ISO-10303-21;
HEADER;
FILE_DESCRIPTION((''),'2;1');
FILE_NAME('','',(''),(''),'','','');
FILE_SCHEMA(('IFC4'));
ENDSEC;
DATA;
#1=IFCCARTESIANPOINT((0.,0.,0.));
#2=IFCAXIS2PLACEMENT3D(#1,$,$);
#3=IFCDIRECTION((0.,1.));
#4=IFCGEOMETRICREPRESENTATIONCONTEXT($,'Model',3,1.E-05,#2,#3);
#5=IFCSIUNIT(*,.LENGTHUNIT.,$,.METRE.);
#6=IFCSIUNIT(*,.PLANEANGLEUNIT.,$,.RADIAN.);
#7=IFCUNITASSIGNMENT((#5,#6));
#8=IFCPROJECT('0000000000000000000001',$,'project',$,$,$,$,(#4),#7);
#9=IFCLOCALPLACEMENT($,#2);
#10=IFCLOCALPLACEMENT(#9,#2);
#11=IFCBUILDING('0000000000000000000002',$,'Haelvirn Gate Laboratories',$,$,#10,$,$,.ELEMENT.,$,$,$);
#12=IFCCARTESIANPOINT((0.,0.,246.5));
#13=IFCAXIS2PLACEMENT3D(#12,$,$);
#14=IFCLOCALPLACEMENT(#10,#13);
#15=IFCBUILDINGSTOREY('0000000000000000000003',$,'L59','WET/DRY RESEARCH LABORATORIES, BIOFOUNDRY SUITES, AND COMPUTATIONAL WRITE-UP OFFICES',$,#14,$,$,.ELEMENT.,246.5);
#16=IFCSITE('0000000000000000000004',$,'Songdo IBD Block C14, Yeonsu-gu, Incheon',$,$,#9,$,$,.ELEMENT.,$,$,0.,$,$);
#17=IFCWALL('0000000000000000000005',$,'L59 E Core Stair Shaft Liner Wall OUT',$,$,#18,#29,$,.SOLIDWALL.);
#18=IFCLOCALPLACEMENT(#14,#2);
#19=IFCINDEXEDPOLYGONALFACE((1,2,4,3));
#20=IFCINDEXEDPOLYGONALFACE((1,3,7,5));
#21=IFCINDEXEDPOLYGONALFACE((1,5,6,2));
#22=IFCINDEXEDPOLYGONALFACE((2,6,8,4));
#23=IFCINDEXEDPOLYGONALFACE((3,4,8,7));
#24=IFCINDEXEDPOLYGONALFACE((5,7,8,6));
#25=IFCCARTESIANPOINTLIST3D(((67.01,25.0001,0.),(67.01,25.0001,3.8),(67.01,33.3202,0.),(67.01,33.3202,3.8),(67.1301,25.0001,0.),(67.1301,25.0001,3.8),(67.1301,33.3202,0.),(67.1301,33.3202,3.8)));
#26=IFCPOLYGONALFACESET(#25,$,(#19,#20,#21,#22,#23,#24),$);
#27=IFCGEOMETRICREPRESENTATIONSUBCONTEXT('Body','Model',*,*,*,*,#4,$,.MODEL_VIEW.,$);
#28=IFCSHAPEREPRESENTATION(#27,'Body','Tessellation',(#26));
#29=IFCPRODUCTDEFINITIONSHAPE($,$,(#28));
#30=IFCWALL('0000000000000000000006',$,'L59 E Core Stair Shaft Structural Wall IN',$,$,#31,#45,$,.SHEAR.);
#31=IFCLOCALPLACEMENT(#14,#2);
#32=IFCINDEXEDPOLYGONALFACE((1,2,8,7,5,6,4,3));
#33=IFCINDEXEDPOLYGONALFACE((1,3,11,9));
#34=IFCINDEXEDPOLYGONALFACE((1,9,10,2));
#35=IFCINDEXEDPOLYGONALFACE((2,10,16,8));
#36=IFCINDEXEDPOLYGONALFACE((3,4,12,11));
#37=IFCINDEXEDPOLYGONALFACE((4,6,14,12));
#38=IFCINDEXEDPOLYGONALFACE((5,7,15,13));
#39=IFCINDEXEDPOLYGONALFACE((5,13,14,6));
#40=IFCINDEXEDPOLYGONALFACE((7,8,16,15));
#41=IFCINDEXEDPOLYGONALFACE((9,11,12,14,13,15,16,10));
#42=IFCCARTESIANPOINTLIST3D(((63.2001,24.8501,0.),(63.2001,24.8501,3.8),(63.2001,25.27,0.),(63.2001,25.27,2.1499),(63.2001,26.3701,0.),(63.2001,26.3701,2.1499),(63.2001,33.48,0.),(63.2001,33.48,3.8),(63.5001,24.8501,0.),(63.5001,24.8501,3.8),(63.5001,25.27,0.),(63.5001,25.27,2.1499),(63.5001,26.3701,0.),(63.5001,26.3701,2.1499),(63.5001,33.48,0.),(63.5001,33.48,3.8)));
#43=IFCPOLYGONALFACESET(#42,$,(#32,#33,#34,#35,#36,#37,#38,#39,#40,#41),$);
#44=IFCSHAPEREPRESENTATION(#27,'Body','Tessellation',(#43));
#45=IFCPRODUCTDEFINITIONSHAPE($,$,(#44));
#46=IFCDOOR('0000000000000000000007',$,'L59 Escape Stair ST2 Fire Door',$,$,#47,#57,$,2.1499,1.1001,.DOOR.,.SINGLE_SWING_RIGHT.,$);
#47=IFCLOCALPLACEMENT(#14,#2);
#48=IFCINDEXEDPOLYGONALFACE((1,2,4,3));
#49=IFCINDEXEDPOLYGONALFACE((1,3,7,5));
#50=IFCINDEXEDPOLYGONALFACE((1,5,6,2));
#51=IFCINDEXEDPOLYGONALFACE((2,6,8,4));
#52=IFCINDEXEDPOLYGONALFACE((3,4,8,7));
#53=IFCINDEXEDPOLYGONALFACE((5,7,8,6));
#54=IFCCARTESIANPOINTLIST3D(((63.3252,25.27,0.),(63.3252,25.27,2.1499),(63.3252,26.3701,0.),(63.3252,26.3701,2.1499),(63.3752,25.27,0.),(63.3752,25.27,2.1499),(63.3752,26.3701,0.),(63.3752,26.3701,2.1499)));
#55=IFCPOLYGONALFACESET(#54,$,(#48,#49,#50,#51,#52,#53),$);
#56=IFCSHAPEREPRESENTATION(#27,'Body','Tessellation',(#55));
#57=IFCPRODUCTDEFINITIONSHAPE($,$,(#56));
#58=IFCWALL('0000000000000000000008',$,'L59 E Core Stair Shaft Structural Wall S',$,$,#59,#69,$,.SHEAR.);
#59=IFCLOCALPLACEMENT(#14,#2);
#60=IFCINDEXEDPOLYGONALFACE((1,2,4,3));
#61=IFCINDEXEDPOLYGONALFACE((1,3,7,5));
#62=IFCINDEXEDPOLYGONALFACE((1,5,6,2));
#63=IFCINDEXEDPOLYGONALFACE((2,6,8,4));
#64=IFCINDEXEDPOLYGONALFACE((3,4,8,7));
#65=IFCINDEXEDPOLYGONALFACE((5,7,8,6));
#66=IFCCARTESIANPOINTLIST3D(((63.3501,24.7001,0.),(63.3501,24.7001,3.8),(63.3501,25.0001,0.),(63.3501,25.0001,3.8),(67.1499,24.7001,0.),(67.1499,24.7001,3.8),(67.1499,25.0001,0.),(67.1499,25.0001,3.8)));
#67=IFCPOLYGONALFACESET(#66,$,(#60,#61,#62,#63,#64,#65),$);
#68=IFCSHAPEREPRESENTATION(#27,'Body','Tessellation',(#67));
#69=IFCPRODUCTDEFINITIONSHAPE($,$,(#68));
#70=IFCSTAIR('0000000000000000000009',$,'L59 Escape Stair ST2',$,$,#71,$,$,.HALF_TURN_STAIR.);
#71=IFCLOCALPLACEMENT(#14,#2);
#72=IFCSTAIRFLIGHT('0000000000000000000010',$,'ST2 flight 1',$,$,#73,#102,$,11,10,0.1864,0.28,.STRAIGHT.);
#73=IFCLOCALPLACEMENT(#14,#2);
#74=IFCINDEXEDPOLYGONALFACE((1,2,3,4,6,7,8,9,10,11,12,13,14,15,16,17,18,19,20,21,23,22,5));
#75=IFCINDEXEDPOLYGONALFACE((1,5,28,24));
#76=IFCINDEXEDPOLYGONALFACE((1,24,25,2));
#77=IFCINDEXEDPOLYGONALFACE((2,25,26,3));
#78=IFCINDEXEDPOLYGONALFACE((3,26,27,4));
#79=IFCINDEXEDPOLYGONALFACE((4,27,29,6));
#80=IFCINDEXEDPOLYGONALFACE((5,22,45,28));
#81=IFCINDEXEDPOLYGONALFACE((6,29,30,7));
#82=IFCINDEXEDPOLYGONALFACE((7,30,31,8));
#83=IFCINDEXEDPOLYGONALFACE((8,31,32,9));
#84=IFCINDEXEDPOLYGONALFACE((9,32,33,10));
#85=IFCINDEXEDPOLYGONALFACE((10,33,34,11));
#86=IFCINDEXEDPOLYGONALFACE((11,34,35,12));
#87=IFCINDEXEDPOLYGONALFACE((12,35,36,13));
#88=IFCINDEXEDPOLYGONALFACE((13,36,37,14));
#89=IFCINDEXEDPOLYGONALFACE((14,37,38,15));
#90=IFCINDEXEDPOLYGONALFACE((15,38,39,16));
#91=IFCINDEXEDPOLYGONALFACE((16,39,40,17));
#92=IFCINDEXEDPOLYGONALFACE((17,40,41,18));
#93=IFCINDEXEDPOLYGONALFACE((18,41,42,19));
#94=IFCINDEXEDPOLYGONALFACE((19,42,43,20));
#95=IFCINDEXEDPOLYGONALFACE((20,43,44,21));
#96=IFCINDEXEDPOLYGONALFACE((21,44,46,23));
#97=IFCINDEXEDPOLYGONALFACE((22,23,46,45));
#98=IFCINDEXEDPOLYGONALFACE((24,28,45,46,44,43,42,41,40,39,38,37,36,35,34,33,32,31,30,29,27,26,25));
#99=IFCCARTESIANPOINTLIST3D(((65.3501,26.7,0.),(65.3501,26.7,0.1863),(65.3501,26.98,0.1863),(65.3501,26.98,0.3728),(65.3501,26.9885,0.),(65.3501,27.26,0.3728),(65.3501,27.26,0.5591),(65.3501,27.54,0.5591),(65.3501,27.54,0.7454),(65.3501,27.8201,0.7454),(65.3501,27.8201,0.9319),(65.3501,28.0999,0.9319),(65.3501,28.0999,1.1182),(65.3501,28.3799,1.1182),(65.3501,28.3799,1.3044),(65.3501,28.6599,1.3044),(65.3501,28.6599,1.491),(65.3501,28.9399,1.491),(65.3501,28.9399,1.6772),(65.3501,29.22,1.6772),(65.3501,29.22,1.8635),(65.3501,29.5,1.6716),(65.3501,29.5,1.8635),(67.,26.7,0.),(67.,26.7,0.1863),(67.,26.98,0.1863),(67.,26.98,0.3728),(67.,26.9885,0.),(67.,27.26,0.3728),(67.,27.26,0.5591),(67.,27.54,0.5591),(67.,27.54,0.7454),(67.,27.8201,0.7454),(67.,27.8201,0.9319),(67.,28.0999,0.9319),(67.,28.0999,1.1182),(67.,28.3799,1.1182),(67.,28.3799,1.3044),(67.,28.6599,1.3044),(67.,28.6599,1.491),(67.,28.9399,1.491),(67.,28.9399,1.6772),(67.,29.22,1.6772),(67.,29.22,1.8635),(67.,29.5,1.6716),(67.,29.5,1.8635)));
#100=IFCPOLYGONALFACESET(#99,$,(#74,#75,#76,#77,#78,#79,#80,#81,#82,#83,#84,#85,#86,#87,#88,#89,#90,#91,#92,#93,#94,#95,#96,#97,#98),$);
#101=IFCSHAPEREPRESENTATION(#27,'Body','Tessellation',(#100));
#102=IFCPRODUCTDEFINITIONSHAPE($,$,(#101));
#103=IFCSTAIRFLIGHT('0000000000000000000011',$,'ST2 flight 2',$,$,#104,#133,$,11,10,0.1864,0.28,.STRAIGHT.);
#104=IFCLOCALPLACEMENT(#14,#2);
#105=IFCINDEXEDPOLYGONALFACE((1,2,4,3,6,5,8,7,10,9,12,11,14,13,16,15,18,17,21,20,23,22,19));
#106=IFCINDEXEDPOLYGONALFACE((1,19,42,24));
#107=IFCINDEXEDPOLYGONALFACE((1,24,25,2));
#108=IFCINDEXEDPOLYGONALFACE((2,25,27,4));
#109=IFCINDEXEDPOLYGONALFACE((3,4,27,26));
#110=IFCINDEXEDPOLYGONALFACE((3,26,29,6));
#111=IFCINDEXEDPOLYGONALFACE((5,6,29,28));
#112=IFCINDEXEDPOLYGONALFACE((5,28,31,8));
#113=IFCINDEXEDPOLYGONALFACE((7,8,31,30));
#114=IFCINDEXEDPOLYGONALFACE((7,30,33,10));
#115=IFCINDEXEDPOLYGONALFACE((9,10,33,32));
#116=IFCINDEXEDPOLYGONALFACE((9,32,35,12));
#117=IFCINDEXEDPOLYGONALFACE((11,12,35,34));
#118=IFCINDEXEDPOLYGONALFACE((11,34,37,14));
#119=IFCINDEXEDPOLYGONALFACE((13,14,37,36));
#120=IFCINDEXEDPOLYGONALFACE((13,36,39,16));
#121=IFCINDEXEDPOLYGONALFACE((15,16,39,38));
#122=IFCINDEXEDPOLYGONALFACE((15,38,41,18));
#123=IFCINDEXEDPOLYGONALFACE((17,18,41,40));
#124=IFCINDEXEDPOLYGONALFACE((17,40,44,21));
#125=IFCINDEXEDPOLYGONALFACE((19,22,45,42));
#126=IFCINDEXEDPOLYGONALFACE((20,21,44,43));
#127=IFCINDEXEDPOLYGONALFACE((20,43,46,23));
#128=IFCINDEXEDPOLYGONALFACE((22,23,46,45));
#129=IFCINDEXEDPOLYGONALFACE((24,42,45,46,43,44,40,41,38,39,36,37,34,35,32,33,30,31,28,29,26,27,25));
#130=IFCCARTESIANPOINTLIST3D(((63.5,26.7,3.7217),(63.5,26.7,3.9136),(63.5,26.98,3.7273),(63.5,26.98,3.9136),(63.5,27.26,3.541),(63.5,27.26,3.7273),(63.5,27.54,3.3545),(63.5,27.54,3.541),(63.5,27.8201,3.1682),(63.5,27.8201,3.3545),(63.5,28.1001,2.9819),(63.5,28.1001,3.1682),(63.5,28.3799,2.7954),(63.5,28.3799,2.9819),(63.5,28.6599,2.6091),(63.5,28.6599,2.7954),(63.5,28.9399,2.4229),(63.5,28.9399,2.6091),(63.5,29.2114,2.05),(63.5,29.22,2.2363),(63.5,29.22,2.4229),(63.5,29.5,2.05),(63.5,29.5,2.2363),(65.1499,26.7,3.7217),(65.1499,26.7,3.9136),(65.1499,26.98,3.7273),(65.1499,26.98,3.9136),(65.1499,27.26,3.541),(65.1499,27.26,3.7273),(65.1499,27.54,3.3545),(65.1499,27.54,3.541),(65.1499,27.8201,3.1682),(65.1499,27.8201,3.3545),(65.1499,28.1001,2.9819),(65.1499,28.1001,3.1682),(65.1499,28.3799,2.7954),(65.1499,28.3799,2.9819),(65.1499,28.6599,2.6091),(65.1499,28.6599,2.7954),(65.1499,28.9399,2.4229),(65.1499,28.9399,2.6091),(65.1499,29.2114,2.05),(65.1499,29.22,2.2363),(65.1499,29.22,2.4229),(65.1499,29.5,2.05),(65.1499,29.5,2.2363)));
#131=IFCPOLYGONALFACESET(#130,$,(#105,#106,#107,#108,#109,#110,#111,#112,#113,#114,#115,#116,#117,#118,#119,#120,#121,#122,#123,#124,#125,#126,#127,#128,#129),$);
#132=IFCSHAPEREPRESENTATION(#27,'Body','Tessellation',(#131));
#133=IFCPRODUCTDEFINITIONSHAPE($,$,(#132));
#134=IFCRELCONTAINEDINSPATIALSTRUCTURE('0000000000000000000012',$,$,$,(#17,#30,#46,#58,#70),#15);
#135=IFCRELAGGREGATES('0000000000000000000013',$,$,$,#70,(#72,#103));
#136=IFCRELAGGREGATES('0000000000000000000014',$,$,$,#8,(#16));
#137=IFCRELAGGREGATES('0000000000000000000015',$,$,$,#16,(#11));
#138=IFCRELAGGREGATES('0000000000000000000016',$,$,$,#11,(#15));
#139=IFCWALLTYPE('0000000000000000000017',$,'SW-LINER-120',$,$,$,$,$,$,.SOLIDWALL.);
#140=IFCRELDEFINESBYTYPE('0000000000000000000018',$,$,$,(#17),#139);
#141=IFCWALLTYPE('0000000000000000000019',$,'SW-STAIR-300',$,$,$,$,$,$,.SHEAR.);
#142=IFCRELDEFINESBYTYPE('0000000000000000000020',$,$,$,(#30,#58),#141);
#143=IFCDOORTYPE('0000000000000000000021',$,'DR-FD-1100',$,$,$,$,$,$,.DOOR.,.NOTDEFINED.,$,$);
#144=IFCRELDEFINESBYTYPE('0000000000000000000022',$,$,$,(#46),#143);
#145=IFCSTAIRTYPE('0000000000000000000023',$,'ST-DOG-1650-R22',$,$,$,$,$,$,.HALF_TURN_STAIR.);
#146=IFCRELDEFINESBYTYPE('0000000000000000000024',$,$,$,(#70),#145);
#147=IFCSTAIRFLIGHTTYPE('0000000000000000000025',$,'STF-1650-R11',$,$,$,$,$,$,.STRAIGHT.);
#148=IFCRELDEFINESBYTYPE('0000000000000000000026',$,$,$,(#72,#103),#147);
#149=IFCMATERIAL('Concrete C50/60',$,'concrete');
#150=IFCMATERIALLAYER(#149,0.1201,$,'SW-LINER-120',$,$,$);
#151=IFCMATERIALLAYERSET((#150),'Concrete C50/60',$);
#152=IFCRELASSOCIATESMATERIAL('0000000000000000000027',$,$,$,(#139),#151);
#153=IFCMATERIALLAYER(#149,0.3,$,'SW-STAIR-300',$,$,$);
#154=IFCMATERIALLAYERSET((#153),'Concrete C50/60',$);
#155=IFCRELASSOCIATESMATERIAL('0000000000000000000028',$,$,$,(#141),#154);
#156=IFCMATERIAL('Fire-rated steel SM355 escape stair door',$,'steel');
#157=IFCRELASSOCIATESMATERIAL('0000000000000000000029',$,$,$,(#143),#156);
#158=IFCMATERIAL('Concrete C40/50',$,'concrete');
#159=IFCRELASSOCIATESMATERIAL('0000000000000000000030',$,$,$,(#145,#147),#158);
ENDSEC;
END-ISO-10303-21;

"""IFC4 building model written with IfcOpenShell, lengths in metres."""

from ifc_helpers import new_model, si_unit, direction, frame, frame_2d, origin, place, context, subcontext, project, spatial, polyline, rectangle, outline, extrude, source, transform, mapped, material, layer, layer_set, type_object, type_shapes, element, fill, aggregate, save


model = new_model("IFC4")

# Units and contexts
model_context = context("Model", 3, precision=1e-05, world=origin(), true_north=direction((0.0, 1.0)))
body_context = subcontext(model_context, "Body", "Model", "MODEL_VIEW")
ifc_project = project(units=[si_unit("LENGTHUNIT", "METRE"), si_unit("PLANEANGLEUNIT", "RADIAN")], contexts=[model_context])

# Site, building, storey
site_placement = place(None, origin())
site = spatial("IfcSite", under=ifc_project, at=site_placement, Name="Songdo IBD Block C14, Yeonsu-gu, Incheon", CompositionType="ELEMENT", RefElevation=0.0)
building_placement = place(site_placement, origin())
building = spatial("IfcBuilding", under=site, at=building_placement, Name="Haelvirn Gate Laboratories", CompositionType="ELEMENT")
storey_placement = place(building_placement, frame((0.0, 0.0, 246.5)))
storey = spatial("IfcBuildingStorey", under=building, at=storey_placement, Name="L59", Description="WET/DRY RESEARCH LABORATORIES, BIOFOUNDRY SUITES, AND COMPUTATIONAL WRITE-UP OFFICES", CompositionType="ELEMENT", Elevation=246.5)

# Shared definitions
ifc_material_1 = material(Name="Concrete C40/50", Category="concrete")

# Wall
ifc_material_2 = material(Name="Concrete C50/60", Category="concrete")
ifc_layer_1 = layer(ifc_material_2, 0.1201, Name="SW-LINER-120")
ifc_layer_set_1 = layer_set([ifc_layer_1], Name="Concrete C50/60")
wall_type_1 = type_object("IfcWallType", Name="SW-LINER-120", PredefinedType="SOLIDWALL", material=ifc_layer_set_1)
wall_1_placement = place(storey_placement, frame((67.0701, 25.0, 0.0), z_axis=(0.0, 0.0, 1.0), x_axis=(0.0, 1.0, 0.0)))
element("IfcWall", 1, at=wall_1_placement, inside=storey, type_object=wall_type_1, Name="L59 E Core Stair Shaft Liner Wall OUT", PredefinedType="SOLIDWALL", context=body_context, shape_type="SweptSolid", body=[
    extrude(rectangle(XDim=8.3201, YDim=0.1201, at=frame_2d((4.1602, 0.0))), origin(), (0.0, 0.0, 1.0), 3.8),
])

# Wall, opening, door
ifc_layer_2 = layer(ifc_material_2, 0.3, Name="SW-STAIR-300")
ifc_layer_set_2 = layer_set([ifc_layer_2], Name="Concrete C50/60")
wall_type_2 = type_object("IfcWallType", Name="SW-STAIR-300", PredefinedType="SHEAR", material=ifc_layer_set_2)
wall_2_placement = place(storey_placement, frame((63.3501, 24.8501, 0.0), z_axis=(0.0, 0.0, 1.0), x_axis=(0.0, 1.0, 0.0)))
wall_2 = element("IfcWall", 2, at=wall_2_placement, inside=storey, type_object=wall_type_2, Name="L59 E Core Stair Shaft Structural Wall IN", PredefinedType="SHEAR", context=body_context, shape_type="SweptSolid", body=[
    extrude(rectangle(XDim=8.6299, YDim=0.3, at=frame_2d((4.3149, 0.0))), origin(), (0.0, 0.0, 1.0), 3.8),
])
opening_1_placement = place(wall_2_placement, frame((0.4199, 0.0, 0.0)))
opening_1 = element("IfcOpeningElement", 3, at=opening_1_placement, cuts=wall_2, PredefinedType="OPENING", context=body_context, shape_type="SweptSolid", body=[
    extrude(rectangle(XDim=1.1001, YDim=2.1499, at=frame_2d((0.55, 1.075))), frame((0.0, 0.1602, 0.0), z_axis=(0.0, -1.0, 0.0), x_axis=(1.0, 0.0, 0.0)), (0.0, 0.0, 1.0), 0.3201),
])
ifc_material_3 = material(Name="Fire-rated steel SM355 escape stair door", Category="steel")
door_type_1 = type_object("IfcDoorType", Name="DR-FD-1100", OperationType="NOTDEFINED", PredefinedType="DOOR", material=ifc_material_3)
shared_shape_1 = source(origin(), body_context, "Body", "SweptSolid", [
    extrude(rectangle(XDim=1.1001, YDim=2.1499, at=frame_2d((0.55, 1.075))), frame((0.0, 0.0249, 0.0), z_axis=(0.0, -1.0, 0.0), x_axis=(1.0, 0.0, 0.0)), (0.0, 0.0, 1.0), 0.05),
])
type_shapes(door_type_1, [shared_shape_1])
door_1_placement = place(opening_1_placement, origin())
door_1 = element("IfcDoor", 4, at=door_1_placement, inside=storey, type_object=door_type_1, Name="L59 Escape Stair ST2 Fire Door", OperationType="SINGLE_SWING_RIGHT", OverallHeight=2.1499, OverallWidth=1.1001, PredefinedType="DOOR", context=body_context, shape_type="MappedRepresentation", body=[
    mapped(shared_shape_1, transform((0.0, 0.0, 0.0), scale=1.0)),
])
fill(opening_1, door_1)

# Wall
wall_3_placement = place(storey_placement, frame((63.3501, 24.8501, 0.0), z_axis=(0.0, 0.0, 1.0), x_axis=(1.0, 0.0, 0.0)))
element("IfcWall", 5, at=wall_3_placement, inside=storey, type_object=wall_type_2, Name="L59 E Core Stair Shaft Structural Wall S", PredefinedType="SHEAR", context=body_context, shape_type="SweptSolid", body=[
    extrude(rectangle(XDim=3.7998, YDim=0.3, at=frame_2d((1.8999, 0.0))), origin(), (0.0, 0.0, 1.0), 3.8),
])

# Stair, stair flights
stair_type = type_object("IfcStairType", Name="ST-DOG-1650-R22", PredefinedType="HALF_TURN_STAIR", material=ifc_material_1)
stair_placement = place(storey_placement, origin())
stair = element("IfcStair", 6, at=stair_placement, inside=storey, type_object=stair_type, Name="L59 Escape Stair ST2", PredefinedType="HALF_TURN_STAIR")
stair_flight_type = type_object("IfcStairFlightType", Name="STF-1650-R11", PredefinedType="STRAIGHT", material=ifc_material_1)
shared_shape_2 = source(origin(), body_context, "Body", "SweptSolid", [
    extrude(outline(polyline([(0.0, 0.0), (0.0, 0.1863), (0.28, 0.1863), (0.28, 0.3728), (0.5601, 0.3728), (0.5601, 0.5591), (0.8401, 0.5591), (0.8401, 0.7454), (1.1201, 0.7454), (1.1201, 0.9319), (1.3999, 0.9319), (1.3999, 1.1182), (1.6799, 1.1182), (1.6799, 1.3044), (1.96, 1.3044), (1.96, 1.491), (2.24, 1.491), (2.24, 1.6772), (2.52, 1.6772), (2.52, 1.8635), (2.8, 1.8635), (2.8, 2.05), (2.8, 1.6716), (0.2886, 0.0), (0.0, 0.0)])), frame((0.0, 0.825, 0.0), z_axis=(0.0, -1.0, 0.0), x_axis=(1.0, 0.0, 0.0)), (0.0, 0.0, 1.0), 1.6499),
])
type_shapes(stair_flight_type, [shared_shape_2])
stair_flight_1_placement = place(storey_placement, frame((66.175, 26.7, 0.0), z_axis=(0.0, 0.0, 1.0), x_axis=(0.0, 1.0, 0.0)))
stair_flight_1 = element("IfcStairFlight", 7, at=stair_flight_1_placement, type_object=stair_flight_type, Name="ST2 flight 1", NumberOfRisers=11, NumberOfTreads=10, PredefinedType="STRAIGHT", RiserHeight=0.1864, TreadLength=0.28, context=body_context, shape_type="MappedRepresentation", body=[
    mapped(shared_shape_2, transform((0.0, 0.0, 0.0), scale=1.0)),
])
stair_flight_2_placement = place(storey_placement, frame((64.325, 29.5, 2.05), z_axis=(0.0, 0.0, 1.0), x_axis=(0.0, -1.0, 0.0)))
stair_flight_2 = element("IfcStairFlight", 8, at=stair_flight_2_placement, type_object=stair_flight_type, Name="ST2 flight 2", NumberOfRisers=11, NumberOfTreads=10, PredefinedType="STRAIGHT", RiserHeight=0.1864, TreadLength=0.28, context=body_context, shape_type="MappedRepresentation", body=[
    mapped(shared_shape_2, transform((0.0, 0.0, 0.0), scale=1.0)),
])
aggregate(stair, [stair_flight_1, stair_flight_2])

save(model, "model.ifc")
